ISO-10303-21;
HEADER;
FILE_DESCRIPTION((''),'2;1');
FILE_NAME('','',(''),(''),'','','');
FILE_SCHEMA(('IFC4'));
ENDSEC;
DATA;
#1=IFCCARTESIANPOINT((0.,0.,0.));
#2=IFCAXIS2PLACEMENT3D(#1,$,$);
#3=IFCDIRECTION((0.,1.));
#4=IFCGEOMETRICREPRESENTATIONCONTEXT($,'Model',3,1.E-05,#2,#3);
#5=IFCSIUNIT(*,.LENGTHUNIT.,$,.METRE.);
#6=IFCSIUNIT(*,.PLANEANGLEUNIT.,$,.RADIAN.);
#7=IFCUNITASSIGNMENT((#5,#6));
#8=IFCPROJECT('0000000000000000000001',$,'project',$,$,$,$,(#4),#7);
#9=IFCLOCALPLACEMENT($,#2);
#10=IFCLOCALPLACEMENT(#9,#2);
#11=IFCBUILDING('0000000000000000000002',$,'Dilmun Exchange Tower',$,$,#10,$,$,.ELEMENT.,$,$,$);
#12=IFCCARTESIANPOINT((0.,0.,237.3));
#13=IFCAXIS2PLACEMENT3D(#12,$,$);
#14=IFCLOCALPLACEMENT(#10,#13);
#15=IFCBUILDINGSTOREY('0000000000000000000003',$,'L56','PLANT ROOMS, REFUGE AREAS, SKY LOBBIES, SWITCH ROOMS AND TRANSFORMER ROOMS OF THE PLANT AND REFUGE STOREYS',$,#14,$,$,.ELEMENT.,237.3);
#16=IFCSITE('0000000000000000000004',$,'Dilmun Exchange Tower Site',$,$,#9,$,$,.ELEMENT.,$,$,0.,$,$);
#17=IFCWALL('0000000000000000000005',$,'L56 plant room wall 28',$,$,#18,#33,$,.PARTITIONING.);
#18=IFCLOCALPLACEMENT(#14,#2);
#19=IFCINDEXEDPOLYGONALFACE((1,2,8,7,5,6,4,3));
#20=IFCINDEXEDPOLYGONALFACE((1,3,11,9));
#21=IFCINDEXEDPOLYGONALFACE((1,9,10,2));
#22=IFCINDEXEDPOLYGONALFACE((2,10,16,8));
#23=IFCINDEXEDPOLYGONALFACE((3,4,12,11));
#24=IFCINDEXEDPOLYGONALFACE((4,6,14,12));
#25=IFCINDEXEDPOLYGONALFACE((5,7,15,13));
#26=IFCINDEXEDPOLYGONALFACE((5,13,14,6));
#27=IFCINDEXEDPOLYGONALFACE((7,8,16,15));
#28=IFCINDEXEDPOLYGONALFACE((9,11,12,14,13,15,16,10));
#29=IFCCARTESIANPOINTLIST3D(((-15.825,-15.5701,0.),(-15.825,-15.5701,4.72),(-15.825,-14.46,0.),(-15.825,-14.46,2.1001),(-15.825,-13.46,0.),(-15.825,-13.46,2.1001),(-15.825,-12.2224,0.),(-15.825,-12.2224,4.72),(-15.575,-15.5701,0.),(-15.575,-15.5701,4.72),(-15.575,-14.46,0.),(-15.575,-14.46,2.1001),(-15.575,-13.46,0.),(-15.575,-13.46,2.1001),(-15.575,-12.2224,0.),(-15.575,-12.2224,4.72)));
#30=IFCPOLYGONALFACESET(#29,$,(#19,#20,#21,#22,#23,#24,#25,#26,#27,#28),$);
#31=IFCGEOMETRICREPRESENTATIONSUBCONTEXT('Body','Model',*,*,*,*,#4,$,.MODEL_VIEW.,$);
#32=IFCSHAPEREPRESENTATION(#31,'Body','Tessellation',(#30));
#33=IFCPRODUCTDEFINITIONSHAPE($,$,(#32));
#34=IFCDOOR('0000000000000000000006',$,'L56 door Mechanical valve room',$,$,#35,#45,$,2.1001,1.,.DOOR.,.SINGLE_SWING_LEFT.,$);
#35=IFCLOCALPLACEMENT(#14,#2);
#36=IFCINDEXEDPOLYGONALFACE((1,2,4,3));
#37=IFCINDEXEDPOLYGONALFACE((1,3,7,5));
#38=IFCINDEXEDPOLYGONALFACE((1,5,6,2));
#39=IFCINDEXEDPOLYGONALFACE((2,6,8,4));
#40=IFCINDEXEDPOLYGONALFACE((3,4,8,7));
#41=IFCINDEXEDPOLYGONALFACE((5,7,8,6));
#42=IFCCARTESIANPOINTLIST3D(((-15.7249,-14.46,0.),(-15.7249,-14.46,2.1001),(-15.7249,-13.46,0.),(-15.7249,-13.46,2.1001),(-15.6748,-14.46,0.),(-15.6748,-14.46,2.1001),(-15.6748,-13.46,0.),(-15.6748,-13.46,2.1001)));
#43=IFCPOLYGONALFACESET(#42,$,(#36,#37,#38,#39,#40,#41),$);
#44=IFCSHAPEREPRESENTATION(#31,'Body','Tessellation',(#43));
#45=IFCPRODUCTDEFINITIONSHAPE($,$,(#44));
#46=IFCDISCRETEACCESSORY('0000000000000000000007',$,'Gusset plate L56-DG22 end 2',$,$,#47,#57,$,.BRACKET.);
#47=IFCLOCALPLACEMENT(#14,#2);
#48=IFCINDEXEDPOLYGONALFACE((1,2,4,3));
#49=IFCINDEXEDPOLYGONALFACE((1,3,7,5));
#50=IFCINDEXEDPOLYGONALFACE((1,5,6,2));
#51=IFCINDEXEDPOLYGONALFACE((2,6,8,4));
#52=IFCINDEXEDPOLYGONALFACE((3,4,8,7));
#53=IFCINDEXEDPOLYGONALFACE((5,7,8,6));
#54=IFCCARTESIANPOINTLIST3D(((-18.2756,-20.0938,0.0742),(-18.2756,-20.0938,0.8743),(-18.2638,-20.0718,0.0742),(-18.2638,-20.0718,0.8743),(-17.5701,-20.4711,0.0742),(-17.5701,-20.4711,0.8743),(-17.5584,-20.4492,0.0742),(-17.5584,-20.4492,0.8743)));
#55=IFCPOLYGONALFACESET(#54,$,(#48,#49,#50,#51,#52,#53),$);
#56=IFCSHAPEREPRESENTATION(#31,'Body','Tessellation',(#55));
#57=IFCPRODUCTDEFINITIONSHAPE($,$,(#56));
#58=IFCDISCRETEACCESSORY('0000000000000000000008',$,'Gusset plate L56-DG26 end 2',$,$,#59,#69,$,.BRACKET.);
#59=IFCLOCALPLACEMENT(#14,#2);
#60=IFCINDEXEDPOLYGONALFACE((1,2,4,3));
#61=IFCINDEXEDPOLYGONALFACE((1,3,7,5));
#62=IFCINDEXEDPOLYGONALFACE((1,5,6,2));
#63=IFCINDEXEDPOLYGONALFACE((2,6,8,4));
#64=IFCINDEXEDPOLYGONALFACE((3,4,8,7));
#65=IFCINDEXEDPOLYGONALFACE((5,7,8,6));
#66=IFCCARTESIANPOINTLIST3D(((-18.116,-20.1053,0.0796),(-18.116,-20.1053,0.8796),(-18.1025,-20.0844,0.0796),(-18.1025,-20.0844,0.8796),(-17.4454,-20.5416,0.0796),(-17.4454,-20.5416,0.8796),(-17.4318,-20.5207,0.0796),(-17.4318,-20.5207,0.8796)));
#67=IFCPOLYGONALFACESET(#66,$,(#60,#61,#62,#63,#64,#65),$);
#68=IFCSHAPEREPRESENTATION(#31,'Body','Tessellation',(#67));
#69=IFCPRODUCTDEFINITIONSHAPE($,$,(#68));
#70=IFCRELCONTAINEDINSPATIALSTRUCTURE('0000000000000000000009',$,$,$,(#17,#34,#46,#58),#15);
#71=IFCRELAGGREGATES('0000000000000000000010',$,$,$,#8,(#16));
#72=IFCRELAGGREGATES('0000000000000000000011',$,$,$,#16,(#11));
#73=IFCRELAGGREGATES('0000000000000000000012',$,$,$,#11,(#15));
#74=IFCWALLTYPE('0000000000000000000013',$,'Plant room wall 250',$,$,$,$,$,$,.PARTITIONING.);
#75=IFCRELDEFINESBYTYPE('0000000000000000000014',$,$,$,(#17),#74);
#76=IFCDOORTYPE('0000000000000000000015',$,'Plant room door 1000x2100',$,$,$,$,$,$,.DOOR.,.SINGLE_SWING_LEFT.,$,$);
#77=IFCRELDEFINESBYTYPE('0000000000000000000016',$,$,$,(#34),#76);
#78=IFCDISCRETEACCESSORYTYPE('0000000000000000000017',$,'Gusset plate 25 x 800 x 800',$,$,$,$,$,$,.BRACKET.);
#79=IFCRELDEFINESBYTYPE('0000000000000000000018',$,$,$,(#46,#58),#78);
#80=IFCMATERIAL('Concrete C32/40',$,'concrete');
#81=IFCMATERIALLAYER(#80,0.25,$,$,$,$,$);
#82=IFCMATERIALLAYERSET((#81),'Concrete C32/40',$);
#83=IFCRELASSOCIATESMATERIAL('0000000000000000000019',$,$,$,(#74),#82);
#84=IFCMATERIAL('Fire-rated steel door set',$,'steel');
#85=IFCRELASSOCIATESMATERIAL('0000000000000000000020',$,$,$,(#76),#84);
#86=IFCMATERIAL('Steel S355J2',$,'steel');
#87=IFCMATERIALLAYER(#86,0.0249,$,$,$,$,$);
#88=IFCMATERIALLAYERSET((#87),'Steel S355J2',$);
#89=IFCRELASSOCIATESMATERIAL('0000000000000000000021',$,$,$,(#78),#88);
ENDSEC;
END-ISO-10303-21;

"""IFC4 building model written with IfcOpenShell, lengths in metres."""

from ifc_helpers import new_model, si_unit, direction, frame, frame_2d, origin, origin_2d, place, context, subcontext, project, spatial, rectangle, extrude, material, layer, layer_set, type_object, element, fill, save


model = new_model("IFC4")

# Units and contexts
model_context = context("Model", 3, precision=1e-05, world=origin(), true_north=direction((0.0, 1.0)))
body_context = subcontext(model_context, "Body", "Model", "MODEL_VIEW")
ifc_project = project(units=[si_unit("LENGTHUNIT", "METRE"), si_unit("PLANEANGLEUNIT", "RADIAN")], contexts=[model_context])

# Site, building, storey
site_placement = place(None, origin())
site = spatial("IfcSite", under=ifc_project, at=site_placement, Name="Dilmun Exchange Tower Site", CompositionType="ELEMENT", RefElevation=0.0)
building_placement = place(site_placement, origin())
building = spatial("IfcBuilding", under=site, at=building_placement, Name="Dilmun Exchange Tower", CompositionType="ELEMENT")
storey_placement = place(building_placement, frame((0.0, 0.0, 237.3)))
storey = spatial("IfcBuildingStorey", under=building, at=storey_placement, Name="L56", Description="PLANT ROOMS, REFUGE AREAS, SKY LOBBIES, SWITCH ROOMS AND TRANSFORMER ROOMS OF THE PLANT AND REFUGE STOREYS", CompositionType="ELEMENT", Elevation=237.3)

# Shared definitions
ifc_material_1 = material(Name="Concrete C32/40", Category="concrete")
ifc_layer_1 = layer(ifc_material_1, 0.25)
ifc_layer_set_1 = layer_set([ifc_layer_1], Name="Concrete C32/40")
wall_type = type_object("IfcWallType", Name="Plant room wall 250", PredefinedType="PARTITIONING", material=ifc_layer_set_1)

# Shared definitions
ifc_material_2 = material(Name="Fire-rated steel door set", Category="steel")

# Wall, opening, door
wall_1_placement = place(storey_placement, frame((-15.7, -15.5701, 0.0), z_axis=(0.0, 0.0, 1.0), x_axis=(0.0, 1.0, 0.0)))
wall_1 = element("IfcWall", 1, at=wall_1_placement, inside=storey, type_object=wall_type, Name="L56 plant room wall 28", PredefinedType="PARTITIONING", context=body_context, shape_type="SweptSolid", body=[
    extrude(rectangle(XDim=3.3477, YDim=0.25, at=frame_2d((1.6738, 0.0))), origin(), (0.0, 0.0, 1.0), 4.72),
])
opening_1_placement = place(wall_1_placement, frame((1.1101, 0.0, 0.0)))
opening_1 = element("IfcOpeningElement", 2, at=opening_1_placement, cuts=wall_1, PredefinedType="OPENING", context=body_context, shape_type="SweptSolid", body=[
    extrude(rectangle(XDim=1.0, YDim=2.1001, at=frame_2d((0.5, 1.05))), frame((0.0, 0.135, 0.0), z_axis=(0.0, -1.0, 0.0), x_axis=(1.0, 0.0, 0.0)), (0.0, 0.0, 1.0), 0.27),
])
door_type_1 = type_object("IfcDoorType", Name="Plant room door 1000x2100", OperationType="SINGLE_SWING_LEFT", PredefinedType="DOOR", material=ifc_material_2)
door_1_placement = place(opening_1_placement, origin())
door_1 = element("IfcDoor", 3, at=door_1_placement, inside=storey, type_object=door_type_1, Name="L56 door Mechanical valve room", OperationType="SINGLE_SWING_LEFT", OverallHeight=2.1001, OverallWidth=1.0, PredefinedType="DOOR", context=body_context, shape_type="SweptSolid", body=[
    extrude(rectangle(XDim=1.0, YDim=2.1001, at=frame_2d((0.5, 1.05))), frame((0.0, 0.0249, 0.0), z_axis=(0.0, -1.0, 0.0), x_axis=(1.0, 0.0, 0.0)), (0.0, 0.0, 1.0), 0.05),
])
fill(opening_1, door_1)

# Discrete accessories
ifc_material_3 = material(Name="Steel S355J2", Category="steel")
ifc_layer_2 = layer(ifc_material_3, 0.0249)
ifc_layer_set_2 = layer_set([ifc_layer_2], Name="Steel S355J2")
discrete_accessory_type = type_object("IfcDiscreteAccessoryType", Name="Gusset plate 25 x 800 x 800", PredefinedType="BRACKET", material=ifc_layer_set_2)
for number, where, z_axis, x_axis, name in (
    (4, (-17.917, -20.2715, 0.0742), (0.0, 0.0, 1.0), (0.881769, -0.471681, 0.0), "Gusset plate L56-DG22 end 2"),
    (5, (-17.7739, -20.313, 0.0796), (0.0, 0.0, 1.0), (-0.838237, 0.545306, 0.0), "Gusset plate L56-DG26 end 2"),
):
    element("IfcDiscreteAccessory", number, at=place(storey_placement, frame(where, z_axis=z_axis, x_axis=x_axis)), inside=storey, type_object=discrete_accessory_type, Name=name, PredefinedType="BRACKET", context=body_context, shape_type="SweptSolid", body=[
        extrude(rectangle(XDim=0.8, YDim=0.0249, at=origin_2d()), origin(), (0.0, 0.0, 1.0), 0.8),
    ])

save(model, "model.ifc")
